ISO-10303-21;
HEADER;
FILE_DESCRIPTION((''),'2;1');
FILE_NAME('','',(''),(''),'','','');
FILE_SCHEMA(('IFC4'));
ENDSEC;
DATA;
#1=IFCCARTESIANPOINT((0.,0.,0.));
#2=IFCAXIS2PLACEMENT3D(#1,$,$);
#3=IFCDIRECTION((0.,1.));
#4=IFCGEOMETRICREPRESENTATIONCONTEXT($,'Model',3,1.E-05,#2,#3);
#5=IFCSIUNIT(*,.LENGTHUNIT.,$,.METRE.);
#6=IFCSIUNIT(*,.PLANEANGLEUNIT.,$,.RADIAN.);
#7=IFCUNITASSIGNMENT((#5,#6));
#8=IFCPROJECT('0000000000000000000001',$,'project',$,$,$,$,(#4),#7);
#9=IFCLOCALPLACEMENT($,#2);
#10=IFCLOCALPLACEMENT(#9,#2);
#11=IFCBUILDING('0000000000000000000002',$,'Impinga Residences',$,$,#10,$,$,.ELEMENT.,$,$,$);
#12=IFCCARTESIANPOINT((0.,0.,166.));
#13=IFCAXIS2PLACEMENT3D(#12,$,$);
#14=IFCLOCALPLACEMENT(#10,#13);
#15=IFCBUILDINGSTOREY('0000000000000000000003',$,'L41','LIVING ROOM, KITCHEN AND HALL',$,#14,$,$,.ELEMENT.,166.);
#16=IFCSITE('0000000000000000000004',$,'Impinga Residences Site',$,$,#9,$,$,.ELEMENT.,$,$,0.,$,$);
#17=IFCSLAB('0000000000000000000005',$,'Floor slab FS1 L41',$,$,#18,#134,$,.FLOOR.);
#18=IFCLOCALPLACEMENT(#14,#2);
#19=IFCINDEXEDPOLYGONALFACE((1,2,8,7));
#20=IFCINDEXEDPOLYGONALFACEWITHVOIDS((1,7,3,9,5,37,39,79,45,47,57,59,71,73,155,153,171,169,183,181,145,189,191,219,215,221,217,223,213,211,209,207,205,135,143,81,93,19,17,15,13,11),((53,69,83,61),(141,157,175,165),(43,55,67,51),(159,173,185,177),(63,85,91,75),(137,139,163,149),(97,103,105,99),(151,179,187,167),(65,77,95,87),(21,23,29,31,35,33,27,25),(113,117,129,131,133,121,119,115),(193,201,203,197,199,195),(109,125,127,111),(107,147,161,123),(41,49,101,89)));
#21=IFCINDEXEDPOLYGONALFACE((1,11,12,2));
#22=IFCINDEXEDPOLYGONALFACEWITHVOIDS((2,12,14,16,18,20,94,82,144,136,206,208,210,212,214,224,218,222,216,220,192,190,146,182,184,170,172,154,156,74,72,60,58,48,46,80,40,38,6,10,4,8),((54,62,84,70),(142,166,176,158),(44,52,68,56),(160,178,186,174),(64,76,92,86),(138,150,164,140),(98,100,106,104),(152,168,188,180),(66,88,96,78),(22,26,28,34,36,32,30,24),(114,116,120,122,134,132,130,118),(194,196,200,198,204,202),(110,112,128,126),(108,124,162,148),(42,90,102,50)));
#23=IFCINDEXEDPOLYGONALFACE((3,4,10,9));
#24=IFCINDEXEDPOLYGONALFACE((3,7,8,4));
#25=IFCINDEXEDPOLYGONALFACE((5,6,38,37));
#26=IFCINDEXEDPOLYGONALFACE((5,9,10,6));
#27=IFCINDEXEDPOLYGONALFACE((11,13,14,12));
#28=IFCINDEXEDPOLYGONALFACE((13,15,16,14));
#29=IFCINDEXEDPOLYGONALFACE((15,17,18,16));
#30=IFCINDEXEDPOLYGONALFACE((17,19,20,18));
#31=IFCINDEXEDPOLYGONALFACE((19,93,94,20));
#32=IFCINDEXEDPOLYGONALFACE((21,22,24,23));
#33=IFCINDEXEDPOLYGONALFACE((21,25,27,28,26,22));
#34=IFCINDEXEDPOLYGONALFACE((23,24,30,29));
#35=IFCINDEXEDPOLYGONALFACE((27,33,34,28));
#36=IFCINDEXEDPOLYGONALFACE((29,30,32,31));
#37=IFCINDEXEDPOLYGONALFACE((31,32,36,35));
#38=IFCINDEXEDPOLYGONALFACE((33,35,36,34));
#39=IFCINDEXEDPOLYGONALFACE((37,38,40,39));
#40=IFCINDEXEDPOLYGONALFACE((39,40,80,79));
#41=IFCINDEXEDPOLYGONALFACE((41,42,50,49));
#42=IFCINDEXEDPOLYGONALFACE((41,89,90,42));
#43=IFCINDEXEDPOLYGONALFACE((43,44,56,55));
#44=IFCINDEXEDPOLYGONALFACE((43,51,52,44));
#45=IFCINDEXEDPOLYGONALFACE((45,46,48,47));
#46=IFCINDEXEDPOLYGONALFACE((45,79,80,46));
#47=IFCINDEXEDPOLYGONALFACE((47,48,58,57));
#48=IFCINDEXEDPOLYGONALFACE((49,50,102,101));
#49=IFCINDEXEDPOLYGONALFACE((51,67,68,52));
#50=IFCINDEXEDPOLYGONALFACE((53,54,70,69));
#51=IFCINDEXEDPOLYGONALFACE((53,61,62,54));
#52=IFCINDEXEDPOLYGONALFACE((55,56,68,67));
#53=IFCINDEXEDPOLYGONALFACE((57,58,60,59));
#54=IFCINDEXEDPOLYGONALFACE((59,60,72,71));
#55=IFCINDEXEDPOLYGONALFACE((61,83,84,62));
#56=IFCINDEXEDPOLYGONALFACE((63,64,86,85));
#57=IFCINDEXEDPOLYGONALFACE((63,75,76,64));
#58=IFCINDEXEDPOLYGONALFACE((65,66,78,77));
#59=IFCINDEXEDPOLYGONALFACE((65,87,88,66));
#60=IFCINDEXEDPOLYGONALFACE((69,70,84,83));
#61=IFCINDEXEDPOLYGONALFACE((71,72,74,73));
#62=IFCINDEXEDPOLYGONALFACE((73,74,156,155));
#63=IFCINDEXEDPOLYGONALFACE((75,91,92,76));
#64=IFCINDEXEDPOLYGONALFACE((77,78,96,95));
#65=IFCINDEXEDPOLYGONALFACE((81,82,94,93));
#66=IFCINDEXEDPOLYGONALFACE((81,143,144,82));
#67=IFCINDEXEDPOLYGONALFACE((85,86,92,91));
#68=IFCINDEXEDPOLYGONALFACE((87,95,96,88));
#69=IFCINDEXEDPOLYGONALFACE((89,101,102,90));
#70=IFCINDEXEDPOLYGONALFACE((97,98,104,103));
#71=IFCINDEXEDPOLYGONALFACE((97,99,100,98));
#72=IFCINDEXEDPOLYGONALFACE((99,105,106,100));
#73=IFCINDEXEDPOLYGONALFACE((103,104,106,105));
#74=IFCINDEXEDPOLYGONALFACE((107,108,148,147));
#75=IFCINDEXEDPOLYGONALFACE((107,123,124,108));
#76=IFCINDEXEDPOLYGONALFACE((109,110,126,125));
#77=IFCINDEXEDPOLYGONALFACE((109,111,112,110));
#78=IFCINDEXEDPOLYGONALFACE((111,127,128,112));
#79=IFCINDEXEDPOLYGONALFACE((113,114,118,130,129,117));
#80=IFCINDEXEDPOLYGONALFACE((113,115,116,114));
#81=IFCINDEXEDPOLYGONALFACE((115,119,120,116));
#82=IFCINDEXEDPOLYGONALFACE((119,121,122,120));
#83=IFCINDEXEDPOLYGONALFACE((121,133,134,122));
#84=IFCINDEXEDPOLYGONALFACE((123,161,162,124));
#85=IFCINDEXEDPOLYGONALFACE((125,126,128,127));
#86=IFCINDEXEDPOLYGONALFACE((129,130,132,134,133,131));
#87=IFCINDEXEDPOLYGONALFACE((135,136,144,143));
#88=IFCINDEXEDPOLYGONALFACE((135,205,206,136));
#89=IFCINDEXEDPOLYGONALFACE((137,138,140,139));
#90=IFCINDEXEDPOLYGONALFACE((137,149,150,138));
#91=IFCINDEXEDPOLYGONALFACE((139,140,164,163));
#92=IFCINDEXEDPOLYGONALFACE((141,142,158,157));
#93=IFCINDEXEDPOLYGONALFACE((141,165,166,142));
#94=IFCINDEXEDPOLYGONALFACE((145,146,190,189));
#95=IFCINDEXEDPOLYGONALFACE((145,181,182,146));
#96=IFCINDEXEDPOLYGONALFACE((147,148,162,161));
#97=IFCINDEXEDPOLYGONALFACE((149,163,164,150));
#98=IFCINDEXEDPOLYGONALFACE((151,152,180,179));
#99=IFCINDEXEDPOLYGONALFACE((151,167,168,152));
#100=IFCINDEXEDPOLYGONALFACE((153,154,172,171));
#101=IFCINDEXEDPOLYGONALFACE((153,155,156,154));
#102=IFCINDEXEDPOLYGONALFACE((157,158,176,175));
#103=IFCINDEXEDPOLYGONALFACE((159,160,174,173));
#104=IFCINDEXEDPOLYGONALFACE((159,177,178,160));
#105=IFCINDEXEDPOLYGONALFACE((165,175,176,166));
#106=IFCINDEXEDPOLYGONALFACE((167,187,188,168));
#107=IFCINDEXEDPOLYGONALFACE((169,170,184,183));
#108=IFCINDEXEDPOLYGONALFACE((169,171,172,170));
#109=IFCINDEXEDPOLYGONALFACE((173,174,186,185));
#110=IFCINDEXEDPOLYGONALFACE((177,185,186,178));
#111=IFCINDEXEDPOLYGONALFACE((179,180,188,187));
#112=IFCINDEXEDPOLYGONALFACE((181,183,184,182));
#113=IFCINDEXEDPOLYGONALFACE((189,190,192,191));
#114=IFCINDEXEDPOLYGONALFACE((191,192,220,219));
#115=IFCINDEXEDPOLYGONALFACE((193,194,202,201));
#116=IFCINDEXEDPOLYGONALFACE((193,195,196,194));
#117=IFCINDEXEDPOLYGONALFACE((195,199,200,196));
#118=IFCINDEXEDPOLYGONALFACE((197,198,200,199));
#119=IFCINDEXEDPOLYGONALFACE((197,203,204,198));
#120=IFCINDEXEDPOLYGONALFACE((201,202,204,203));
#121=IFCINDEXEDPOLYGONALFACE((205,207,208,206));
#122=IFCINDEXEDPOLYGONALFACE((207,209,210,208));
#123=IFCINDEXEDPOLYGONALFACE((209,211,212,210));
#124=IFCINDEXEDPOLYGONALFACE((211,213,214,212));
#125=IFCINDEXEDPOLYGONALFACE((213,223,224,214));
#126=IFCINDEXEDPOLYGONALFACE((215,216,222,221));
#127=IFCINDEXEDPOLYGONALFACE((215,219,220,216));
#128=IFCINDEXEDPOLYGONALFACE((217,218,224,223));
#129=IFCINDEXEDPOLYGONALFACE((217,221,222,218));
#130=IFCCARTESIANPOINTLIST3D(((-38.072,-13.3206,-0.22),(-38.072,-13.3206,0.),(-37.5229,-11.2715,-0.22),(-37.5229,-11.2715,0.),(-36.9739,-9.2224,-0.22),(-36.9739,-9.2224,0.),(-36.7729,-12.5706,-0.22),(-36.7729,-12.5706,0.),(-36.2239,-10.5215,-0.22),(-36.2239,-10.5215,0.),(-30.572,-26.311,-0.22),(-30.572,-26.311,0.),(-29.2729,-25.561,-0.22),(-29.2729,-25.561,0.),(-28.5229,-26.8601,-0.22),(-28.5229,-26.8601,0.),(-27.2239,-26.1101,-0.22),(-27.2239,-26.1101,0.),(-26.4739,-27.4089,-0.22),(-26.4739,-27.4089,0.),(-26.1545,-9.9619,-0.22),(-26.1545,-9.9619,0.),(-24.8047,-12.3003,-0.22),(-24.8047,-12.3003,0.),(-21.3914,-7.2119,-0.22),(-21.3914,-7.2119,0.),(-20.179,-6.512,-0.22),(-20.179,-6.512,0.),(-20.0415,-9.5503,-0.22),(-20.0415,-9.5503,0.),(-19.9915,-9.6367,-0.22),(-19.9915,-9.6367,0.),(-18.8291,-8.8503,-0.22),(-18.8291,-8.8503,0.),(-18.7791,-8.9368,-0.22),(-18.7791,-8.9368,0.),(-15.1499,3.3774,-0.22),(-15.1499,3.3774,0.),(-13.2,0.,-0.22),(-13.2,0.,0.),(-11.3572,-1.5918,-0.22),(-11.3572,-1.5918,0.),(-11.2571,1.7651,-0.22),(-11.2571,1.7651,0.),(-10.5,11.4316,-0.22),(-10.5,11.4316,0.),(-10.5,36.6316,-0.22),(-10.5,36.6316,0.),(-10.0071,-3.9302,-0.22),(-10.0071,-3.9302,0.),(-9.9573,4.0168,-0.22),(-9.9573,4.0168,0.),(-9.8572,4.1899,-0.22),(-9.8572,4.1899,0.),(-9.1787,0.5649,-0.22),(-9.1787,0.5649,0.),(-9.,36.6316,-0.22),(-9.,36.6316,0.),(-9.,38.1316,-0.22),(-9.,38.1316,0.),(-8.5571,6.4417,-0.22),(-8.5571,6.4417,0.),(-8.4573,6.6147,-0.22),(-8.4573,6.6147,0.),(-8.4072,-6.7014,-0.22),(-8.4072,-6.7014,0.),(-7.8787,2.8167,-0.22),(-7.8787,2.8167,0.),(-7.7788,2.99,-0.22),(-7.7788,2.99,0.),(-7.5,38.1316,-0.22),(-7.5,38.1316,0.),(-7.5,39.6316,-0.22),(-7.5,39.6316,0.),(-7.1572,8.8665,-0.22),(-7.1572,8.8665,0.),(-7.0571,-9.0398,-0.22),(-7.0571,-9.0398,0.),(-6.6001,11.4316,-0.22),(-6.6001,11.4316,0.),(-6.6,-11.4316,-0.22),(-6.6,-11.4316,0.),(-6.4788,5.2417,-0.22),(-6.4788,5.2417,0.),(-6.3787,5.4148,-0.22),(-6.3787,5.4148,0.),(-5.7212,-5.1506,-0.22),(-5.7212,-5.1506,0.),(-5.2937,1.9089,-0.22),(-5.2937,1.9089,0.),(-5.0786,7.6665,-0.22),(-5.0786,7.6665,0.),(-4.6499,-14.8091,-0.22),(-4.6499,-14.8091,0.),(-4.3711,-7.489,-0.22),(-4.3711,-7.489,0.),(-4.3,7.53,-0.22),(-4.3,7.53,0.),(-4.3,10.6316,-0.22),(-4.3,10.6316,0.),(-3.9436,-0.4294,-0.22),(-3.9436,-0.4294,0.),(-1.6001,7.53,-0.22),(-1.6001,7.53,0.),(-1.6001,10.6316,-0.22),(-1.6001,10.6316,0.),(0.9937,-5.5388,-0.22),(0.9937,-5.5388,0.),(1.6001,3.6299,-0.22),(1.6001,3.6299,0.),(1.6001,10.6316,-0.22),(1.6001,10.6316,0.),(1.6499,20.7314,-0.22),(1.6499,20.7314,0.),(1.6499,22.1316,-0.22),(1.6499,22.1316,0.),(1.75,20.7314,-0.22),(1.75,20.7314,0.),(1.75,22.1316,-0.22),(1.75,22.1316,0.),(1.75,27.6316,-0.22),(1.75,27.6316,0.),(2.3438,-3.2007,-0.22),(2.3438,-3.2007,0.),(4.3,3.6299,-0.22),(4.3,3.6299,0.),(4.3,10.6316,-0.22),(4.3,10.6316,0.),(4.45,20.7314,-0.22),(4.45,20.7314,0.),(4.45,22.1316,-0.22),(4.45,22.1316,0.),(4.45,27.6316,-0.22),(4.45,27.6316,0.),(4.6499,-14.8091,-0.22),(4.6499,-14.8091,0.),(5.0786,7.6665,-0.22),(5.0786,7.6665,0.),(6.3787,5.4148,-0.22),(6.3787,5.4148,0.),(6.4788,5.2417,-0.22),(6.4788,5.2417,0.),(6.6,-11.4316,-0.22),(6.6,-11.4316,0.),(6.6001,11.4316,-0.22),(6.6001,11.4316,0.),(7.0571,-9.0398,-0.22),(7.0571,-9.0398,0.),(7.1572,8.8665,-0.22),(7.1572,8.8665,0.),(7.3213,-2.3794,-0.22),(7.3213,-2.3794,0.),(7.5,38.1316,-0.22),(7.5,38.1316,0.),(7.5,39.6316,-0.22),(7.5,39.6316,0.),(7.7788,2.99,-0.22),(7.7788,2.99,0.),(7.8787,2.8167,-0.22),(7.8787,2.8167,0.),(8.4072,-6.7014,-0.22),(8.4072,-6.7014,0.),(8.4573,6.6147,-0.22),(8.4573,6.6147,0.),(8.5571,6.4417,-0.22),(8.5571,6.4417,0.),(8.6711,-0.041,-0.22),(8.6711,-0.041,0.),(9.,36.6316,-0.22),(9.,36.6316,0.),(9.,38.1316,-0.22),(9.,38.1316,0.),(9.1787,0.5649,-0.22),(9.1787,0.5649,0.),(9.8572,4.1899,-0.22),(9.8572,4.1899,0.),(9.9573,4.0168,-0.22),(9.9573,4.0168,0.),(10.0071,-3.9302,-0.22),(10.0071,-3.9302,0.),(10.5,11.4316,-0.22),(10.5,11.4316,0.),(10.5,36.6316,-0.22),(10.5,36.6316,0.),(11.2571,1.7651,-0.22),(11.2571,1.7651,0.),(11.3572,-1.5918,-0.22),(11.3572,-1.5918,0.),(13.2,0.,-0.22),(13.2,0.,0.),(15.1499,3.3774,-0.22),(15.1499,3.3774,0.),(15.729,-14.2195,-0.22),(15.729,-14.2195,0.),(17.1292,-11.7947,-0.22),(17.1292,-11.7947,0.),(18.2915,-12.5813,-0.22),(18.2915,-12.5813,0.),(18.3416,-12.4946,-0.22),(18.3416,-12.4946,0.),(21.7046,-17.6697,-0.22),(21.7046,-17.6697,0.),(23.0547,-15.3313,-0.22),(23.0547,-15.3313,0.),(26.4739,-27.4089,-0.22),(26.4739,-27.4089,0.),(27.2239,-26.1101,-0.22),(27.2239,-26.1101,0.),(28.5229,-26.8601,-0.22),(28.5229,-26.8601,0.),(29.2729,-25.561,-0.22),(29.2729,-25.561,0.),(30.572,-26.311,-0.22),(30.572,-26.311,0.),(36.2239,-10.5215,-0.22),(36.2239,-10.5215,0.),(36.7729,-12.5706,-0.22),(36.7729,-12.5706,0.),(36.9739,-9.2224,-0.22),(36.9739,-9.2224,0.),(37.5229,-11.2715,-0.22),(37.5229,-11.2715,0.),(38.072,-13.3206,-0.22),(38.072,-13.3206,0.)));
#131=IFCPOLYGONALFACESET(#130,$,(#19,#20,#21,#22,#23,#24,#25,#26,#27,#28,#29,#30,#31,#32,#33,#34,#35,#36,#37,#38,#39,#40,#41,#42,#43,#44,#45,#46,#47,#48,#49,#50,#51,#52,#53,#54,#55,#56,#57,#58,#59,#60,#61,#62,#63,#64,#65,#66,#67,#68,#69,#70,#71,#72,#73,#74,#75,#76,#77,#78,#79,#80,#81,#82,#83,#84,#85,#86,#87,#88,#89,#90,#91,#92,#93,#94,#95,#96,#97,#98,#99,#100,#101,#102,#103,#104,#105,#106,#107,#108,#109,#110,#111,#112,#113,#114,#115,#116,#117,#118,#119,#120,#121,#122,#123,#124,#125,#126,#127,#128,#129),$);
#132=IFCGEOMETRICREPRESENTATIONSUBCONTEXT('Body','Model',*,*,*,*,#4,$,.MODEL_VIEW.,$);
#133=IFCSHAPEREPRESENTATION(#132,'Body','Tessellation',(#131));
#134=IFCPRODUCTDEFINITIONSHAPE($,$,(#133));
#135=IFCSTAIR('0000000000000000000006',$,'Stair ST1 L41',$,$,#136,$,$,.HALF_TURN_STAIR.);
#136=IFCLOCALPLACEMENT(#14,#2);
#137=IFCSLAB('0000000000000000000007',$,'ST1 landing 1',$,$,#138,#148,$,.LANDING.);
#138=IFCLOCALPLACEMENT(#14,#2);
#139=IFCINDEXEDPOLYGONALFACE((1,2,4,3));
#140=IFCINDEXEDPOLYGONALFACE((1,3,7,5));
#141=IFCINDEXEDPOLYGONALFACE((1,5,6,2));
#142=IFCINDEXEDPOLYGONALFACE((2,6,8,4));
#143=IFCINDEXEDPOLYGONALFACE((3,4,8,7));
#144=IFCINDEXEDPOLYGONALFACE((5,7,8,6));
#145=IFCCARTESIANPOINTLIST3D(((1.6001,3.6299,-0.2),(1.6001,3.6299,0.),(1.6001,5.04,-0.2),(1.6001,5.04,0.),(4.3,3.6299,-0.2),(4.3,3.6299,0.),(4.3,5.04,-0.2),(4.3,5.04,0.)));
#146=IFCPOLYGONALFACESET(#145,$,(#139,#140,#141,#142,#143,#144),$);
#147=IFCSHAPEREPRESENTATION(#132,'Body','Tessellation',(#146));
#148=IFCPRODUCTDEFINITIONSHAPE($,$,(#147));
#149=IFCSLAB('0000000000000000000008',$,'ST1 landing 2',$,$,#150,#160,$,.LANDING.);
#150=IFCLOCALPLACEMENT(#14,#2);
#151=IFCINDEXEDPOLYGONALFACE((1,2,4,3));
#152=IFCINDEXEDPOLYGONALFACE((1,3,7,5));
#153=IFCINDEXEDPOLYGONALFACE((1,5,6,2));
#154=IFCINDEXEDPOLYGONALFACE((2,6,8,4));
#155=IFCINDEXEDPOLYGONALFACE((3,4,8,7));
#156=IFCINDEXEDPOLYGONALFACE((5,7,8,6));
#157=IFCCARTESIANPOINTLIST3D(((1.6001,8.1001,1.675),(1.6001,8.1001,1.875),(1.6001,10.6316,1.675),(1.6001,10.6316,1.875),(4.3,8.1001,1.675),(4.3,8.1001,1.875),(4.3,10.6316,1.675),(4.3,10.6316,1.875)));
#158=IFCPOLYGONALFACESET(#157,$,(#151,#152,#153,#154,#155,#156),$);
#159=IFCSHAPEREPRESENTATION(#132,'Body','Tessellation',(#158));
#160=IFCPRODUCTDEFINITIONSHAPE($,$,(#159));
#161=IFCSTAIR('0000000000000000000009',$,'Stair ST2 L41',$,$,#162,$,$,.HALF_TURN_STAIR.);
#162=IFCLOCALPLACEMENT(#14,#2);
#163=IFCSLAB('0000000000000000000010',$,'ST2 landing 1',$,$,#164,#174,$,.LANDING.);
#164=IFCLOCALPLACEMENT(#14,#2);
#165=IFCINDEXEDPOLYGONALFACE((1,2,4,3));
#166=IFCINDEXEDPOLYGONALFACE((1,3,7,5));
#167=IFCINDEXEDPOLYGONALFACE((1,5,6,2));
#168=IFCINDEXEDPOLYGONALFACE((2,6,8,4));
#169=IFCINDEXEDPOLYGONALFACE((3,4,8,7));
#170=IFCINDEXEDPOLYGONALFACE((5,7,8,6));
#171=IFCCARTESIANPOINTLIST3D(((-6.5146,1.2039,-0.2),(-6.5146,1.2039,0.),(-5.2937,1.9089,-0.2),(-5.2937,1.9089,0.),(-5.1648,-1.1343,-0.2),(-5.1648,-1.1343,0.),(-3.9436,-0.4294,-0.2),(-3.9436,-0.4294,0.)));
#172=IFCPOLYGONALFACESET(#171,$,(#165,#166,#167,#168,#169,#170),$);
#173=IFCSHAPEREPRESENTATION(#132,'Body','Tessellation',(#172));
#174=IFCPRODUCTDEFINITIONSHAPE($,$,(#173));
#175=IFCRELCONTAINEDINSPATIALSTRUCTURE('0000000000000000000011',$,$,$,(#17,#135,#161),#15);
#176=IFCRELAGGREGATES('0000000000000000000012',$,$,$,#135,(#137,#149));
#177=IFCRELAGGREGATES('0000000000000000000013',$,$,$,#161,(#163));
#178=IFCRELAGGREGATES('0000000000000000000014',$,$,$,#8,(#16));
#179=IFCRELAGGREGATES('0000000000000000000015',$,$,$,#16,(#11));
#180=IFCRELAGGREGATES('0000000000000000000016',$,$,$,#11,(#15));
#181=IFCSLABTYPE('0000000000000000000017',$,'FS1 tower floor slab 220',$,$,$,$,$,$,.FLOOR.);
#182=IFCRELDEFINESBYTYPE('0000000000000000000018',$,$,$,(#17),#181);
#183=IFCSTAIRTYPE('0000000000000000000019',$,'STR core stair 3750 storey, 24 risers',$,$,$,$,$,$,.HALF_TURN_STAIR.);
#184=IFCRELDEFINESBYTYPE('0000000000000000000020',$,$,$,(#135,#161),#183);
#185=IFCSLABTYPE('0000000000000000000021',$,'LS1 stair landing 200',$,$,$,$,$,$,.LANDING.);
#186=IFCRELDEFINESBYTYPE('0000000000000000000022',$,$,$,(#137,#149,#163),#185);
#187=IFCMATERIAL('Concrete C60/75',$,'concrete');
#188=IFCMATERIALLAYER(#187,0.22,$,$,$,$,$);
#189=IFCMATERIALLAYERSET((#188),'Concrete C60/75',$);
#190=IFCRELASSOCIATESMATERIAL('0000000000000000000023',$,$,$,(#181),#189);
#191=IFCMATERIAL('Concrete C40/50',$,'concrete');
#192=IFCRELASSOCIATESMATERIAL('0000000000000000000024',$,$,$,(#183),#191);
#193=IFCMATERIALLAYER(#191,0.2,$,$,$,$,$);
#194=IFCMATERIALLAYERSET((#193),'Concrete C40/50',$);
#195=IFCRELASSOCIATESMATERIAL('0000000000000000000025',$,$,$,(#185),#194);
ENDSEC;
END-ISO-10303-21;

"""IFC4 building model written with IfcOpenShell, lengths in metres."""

from ifc_helpers import new_model, si_unit, direction, frame, origin, place, context, subcontext, project, spatial, polyline, outline, extrude, material, layer, layer_set, type_object, element, aggregate, save


model = new_model("IFC4")

# Units and contexts
model_context = context("Model", 3, precision=1e-05, world=origin(), true_north=direction((0.0, 1.0)))
body_context = subcontext(model_context, "Body", "Model", "MODEL_VIEW")
ifc_project = project(units=[si_unit("LENGTHUNIT", "METRE"), si_unit("PLANEANGLEUNIT", "RADIAN")], contexts=[model_context])

# Site, building, storey
site_placement = place(None, origin())
site = spatial("IfcSite", under=ifc_project, at=site_placement, Name="Impinga Residences Site", CompositionType="ELEMENT", RefElevation=0.0)
building_placement = place(site_placement, origin())
building = spatial("IfcBuilding", under=site, at=building_placement, Name="Impinga Residences", CompositionType="ELEMENT")
storey_placement = place(building_placement, frame((0.0, 0.0, 166.0)))
storey = spatial("IfcBuildingStorey", under=building, at=storey_placement, Name="L41", Description="LIVING ROOM, KITCHEN AND HALL", CompositionType="ELEMENT", Elevation=166.0)

# Slab
ifc_material_1 = material(Name="Concrete C60/75", Category="concrete")
ifc_layer_1 = layer(ifc_material_1, 0.22)
ifc_layer_set_1 = layer_set([ifc_layer_1], Name="Concrete C60/75")
slab_type_1 = type_object("IfcSlabType", Name="FS1 tower floor slab 220", PredefinedType="FLOOR", material=ifc_layer_set_1)
slab_1_placement = place(storey_placement, frame((0.0, 0.0, -0.22)))
element("IfcSlab", 1, at=slab_1_placement, inside=storey, type_object=slab_type_1, Name="Floor slab FS1 L41", PredefinedType="FLOOR", context=body_context, shape_type="SweptSolid", body=[
    extrude(outline(polyline([(-27.2239, -26.1101), (-28.5229, -26.8601), (-29.2729, -25.561), (-30.572, -26.311), (-38.072, -13.3206), (-36.7729, -12.5706), (-37.5229, -11.2715), (-36.2239, -10.5215), (-36.9739, -9.2224), (-15.1499, 3.3774), (-13.2, 0.0), (-6.6001, 11.4316), (-10.5, 11.4316), (-10.5, 36.6316), (-9.0, 36.6316), (-9.0, 38.1316), (-7.5, 38.1316), (-7.5, 39.6316), (7.5, 39.6316), (7.5, 38.1316), (9.0, 38.1316), (9.0, 36.6316), (10.5, 36.6316), (10.5, 11.4316), (6.6001, 11.4316), (13.2, 0.0), (15.1499, 3.3774), (36.9739, -9.2224), (36.2239, -10.5215), (37.5229, -11.2715), (36.7729, -12.5706), (38.072, -13.3206), (30.572, -26.311), (29.2729, -25.561), (28.5229, -26.8601), (27.2239, -26.1101), (26.4739, -27.4089), (4.6499, -14.8091), (9.9001, -5.7158), (6.6001, -11.4316), (-6.6001, -11.4316), (-9.9001, -5.7158), (-4.6499, -14.8091), (-26.4739, -27.4089), (-27.2239, -26.1101)]), holes=[polyline([(-18.7791, -8.9368), (-18.8291, -8.8503), (-18.8291, -8.8503), (-20.179, -6.512), (-21.3914, -7.2119), (-21.3914, -7.2119), (-26.1545, -9.9619), (-24.8047, -12.3003), (-20.0415, -9.5503), (-19.9915, -9.6367), (-18.7791, -8.9368)]), polyline([(-4.3711, -7.489), (-5.7212, -5.1506), (-8.4072, -6.7014), (-7.0571, -9.0398), (-4.3711, -7.489)]), polyline([(-3.9436, -0.4294), (-5.2937, 1.9089), (-11.3572, -1.5918), (-10.0071, -3.9302), (-3.9436, -0.4294)]), polyline([(-7.8787, 2.8167), (-9.9573, 4.0168), (-11.2571, 1.7651), (-9.1787, 0.5649), (-7.8787, 2.8167)]), polyline([(-6.4788, 5.2417), (-8.5571, 6.4417), (-9.8572, 4.1899), (-7.7788, 2.99), (-6.4788, 5.2417)]), polyline([(4.3, 3.6299), (4.3, 10.6316), (1.6001, 10.6316), (1.6001, 3.6299), (4.3, 3.6299)]), polyline([(-6.3787, 5.4148), (-5.0786, 7.6665), (-7.1572, 8.8665), (-8.4573, 6.6147), (-6.3787, 5.4148)]), polyline([(-4.3, 7.53), (-1.6001, 7.53), (-1.6001, 10.6316), (-4.3, 10.6316), (-4.3, 7.53)]), polyline([(4.45, 20.7314), (4.45, 22.1316), (4.45, 27.6316), (1.75, 27.6316), (1.75, 22.1316), (1.6499, 22.1316), (1.6499, 20.7314), (1.75, 20.7314), (4.45, 20.7314)]), polyline([(15.729, -14.2195), (21.7046, -17.6697), (23.0547, -15.3313), (18.2915, -12.5813), (18.3416, -12.4946), (17.1292, -11.7947), (15.729, -14.2195)]), polyline([(2.3438, -3.2007), (0.9937, -5.5388), (7.0571, -9.0398), (8.4072, -6.7014), (2.3438, -3.2007)]), polyline([(7.3213, -2.3794), (10.0071, -3.9302), (11.3572, -1.5918), (8.6711, -0.041), (7.3213, -2.3794)]), polyline([(7.8787, 2.8167), (9.1787, 0.5649), (11.2571, 1.7651), (9.9573, 4.0168), (7.8787, 2.8167)]), polyline([(6.4788, 5.2417), (7.7788, 2.99), (9.8572, 4.1899), (8.5571, 6.4417), (6.4788, 5.2417)]), polyline([(6.3787, 5.4148), (8.4573, 6.6147), (7.1572, 8.8665), (5.0786, 7.6665), (6.3787, 5.4148)])]), origin(), (0.0, 0.0, 1.0), 0.22),
])

# Stairs, slabs
ifc_material_2 = material(Name="Concrete C40/50", Category="concrete")
stair_type_1 = type_object("IfcStairType", Name="STR core stair 3750 storey, 24 risers", PredefinedType="HALF_TURN_STAIR", material=ifc_material_2)
stair_1_placement = place(storey_placement, origin())
stair_1 = element("IfcStair", 2, at=stair_1_placement, inside=storey, type_object=stair_type_1, Name="Stair ST1 L41", PredefinedType="HALF_TURN_STAIR")
ifc_layer_2 = layer(ifc_material_2, 0.2)
ifc_layer_set_2 = layer_set([ifc_layer_2], Name="Concrete C40/50")
slab_type_2 = type_object("IfcSlabType", Name="LS1 stair landing 200", PredefinedType="LANDING", material=ifc_layer_set_2)
slab_2_placement = place(storey_placement, frame((0.0, 0.0, -0.2)))
slab_2 = element("IfcSlab", 3, at=slab_2_placement, type_object=slab_type_2, Name="ST1 landing 1", PredefinedType="LANDING", context=body_context, shape_type="SweptSolid", body=[
    extrude(outline(polyline([(1.6001, 3.6299), (4.3, 3.6299), (4.3, 5.04), (1.6001, 5.04), (1.6001, 3.6299)])), origin(), (0.0, 0.0, 1.0), 0.2),
])
slab_3_placement = place(storey_placement, frame((0.0, 0.0, 1.675)))
slab_3 = element("IfcSlab", 4, at=slab_3_placement, type_object=slab_type_2, Name="ST1 landing 2", PredefinedType="LANDING", context=body_context, shape_type="SweptSolid", body=[
    extrude(outline(polyline([(1.6001, 8.1001), (4.3, 8.1001), (4.3, 10.6316), (1.6001, 10.6316), (1.6001, 8.1001)])), origin(), (0.0, 0.0, 1.0), 0.2),
])
aggregate(stair_1, [slab_2, slab_3])
stair_2_placement = place(storey_placement, origin())
stair_2 = element("IfcStair", 5, at=stair_2_placement, inside=storey, type_object=stair_type_1, Name="Stair ST2 L41", PredefinedType="HALF_TURN_STAIR")
slab_4_placement = place(storey_placement, frame((0.0, 0.0, -0.2)))
slab_4 = element("IfcSlab", 6, at=slab_4_placement, type_object=slab_type_2, Name="ST2 landing 1", PredefinedType="LANDING", context=body_context, shape_type="SweptSolid", body=[
    extrude(outline(polyline([(-3.9436, -0.4294), (-5.2937, 1.9089), (-6.5146, 1.2039), (-5.1648, -1.1343), (-3.9436, -0.4294)])), origin(), (0.0, 0.0, 1.0), 0.2),
])

aggregate(stair_2, [slab_4])

save(model, "model.ifc")
